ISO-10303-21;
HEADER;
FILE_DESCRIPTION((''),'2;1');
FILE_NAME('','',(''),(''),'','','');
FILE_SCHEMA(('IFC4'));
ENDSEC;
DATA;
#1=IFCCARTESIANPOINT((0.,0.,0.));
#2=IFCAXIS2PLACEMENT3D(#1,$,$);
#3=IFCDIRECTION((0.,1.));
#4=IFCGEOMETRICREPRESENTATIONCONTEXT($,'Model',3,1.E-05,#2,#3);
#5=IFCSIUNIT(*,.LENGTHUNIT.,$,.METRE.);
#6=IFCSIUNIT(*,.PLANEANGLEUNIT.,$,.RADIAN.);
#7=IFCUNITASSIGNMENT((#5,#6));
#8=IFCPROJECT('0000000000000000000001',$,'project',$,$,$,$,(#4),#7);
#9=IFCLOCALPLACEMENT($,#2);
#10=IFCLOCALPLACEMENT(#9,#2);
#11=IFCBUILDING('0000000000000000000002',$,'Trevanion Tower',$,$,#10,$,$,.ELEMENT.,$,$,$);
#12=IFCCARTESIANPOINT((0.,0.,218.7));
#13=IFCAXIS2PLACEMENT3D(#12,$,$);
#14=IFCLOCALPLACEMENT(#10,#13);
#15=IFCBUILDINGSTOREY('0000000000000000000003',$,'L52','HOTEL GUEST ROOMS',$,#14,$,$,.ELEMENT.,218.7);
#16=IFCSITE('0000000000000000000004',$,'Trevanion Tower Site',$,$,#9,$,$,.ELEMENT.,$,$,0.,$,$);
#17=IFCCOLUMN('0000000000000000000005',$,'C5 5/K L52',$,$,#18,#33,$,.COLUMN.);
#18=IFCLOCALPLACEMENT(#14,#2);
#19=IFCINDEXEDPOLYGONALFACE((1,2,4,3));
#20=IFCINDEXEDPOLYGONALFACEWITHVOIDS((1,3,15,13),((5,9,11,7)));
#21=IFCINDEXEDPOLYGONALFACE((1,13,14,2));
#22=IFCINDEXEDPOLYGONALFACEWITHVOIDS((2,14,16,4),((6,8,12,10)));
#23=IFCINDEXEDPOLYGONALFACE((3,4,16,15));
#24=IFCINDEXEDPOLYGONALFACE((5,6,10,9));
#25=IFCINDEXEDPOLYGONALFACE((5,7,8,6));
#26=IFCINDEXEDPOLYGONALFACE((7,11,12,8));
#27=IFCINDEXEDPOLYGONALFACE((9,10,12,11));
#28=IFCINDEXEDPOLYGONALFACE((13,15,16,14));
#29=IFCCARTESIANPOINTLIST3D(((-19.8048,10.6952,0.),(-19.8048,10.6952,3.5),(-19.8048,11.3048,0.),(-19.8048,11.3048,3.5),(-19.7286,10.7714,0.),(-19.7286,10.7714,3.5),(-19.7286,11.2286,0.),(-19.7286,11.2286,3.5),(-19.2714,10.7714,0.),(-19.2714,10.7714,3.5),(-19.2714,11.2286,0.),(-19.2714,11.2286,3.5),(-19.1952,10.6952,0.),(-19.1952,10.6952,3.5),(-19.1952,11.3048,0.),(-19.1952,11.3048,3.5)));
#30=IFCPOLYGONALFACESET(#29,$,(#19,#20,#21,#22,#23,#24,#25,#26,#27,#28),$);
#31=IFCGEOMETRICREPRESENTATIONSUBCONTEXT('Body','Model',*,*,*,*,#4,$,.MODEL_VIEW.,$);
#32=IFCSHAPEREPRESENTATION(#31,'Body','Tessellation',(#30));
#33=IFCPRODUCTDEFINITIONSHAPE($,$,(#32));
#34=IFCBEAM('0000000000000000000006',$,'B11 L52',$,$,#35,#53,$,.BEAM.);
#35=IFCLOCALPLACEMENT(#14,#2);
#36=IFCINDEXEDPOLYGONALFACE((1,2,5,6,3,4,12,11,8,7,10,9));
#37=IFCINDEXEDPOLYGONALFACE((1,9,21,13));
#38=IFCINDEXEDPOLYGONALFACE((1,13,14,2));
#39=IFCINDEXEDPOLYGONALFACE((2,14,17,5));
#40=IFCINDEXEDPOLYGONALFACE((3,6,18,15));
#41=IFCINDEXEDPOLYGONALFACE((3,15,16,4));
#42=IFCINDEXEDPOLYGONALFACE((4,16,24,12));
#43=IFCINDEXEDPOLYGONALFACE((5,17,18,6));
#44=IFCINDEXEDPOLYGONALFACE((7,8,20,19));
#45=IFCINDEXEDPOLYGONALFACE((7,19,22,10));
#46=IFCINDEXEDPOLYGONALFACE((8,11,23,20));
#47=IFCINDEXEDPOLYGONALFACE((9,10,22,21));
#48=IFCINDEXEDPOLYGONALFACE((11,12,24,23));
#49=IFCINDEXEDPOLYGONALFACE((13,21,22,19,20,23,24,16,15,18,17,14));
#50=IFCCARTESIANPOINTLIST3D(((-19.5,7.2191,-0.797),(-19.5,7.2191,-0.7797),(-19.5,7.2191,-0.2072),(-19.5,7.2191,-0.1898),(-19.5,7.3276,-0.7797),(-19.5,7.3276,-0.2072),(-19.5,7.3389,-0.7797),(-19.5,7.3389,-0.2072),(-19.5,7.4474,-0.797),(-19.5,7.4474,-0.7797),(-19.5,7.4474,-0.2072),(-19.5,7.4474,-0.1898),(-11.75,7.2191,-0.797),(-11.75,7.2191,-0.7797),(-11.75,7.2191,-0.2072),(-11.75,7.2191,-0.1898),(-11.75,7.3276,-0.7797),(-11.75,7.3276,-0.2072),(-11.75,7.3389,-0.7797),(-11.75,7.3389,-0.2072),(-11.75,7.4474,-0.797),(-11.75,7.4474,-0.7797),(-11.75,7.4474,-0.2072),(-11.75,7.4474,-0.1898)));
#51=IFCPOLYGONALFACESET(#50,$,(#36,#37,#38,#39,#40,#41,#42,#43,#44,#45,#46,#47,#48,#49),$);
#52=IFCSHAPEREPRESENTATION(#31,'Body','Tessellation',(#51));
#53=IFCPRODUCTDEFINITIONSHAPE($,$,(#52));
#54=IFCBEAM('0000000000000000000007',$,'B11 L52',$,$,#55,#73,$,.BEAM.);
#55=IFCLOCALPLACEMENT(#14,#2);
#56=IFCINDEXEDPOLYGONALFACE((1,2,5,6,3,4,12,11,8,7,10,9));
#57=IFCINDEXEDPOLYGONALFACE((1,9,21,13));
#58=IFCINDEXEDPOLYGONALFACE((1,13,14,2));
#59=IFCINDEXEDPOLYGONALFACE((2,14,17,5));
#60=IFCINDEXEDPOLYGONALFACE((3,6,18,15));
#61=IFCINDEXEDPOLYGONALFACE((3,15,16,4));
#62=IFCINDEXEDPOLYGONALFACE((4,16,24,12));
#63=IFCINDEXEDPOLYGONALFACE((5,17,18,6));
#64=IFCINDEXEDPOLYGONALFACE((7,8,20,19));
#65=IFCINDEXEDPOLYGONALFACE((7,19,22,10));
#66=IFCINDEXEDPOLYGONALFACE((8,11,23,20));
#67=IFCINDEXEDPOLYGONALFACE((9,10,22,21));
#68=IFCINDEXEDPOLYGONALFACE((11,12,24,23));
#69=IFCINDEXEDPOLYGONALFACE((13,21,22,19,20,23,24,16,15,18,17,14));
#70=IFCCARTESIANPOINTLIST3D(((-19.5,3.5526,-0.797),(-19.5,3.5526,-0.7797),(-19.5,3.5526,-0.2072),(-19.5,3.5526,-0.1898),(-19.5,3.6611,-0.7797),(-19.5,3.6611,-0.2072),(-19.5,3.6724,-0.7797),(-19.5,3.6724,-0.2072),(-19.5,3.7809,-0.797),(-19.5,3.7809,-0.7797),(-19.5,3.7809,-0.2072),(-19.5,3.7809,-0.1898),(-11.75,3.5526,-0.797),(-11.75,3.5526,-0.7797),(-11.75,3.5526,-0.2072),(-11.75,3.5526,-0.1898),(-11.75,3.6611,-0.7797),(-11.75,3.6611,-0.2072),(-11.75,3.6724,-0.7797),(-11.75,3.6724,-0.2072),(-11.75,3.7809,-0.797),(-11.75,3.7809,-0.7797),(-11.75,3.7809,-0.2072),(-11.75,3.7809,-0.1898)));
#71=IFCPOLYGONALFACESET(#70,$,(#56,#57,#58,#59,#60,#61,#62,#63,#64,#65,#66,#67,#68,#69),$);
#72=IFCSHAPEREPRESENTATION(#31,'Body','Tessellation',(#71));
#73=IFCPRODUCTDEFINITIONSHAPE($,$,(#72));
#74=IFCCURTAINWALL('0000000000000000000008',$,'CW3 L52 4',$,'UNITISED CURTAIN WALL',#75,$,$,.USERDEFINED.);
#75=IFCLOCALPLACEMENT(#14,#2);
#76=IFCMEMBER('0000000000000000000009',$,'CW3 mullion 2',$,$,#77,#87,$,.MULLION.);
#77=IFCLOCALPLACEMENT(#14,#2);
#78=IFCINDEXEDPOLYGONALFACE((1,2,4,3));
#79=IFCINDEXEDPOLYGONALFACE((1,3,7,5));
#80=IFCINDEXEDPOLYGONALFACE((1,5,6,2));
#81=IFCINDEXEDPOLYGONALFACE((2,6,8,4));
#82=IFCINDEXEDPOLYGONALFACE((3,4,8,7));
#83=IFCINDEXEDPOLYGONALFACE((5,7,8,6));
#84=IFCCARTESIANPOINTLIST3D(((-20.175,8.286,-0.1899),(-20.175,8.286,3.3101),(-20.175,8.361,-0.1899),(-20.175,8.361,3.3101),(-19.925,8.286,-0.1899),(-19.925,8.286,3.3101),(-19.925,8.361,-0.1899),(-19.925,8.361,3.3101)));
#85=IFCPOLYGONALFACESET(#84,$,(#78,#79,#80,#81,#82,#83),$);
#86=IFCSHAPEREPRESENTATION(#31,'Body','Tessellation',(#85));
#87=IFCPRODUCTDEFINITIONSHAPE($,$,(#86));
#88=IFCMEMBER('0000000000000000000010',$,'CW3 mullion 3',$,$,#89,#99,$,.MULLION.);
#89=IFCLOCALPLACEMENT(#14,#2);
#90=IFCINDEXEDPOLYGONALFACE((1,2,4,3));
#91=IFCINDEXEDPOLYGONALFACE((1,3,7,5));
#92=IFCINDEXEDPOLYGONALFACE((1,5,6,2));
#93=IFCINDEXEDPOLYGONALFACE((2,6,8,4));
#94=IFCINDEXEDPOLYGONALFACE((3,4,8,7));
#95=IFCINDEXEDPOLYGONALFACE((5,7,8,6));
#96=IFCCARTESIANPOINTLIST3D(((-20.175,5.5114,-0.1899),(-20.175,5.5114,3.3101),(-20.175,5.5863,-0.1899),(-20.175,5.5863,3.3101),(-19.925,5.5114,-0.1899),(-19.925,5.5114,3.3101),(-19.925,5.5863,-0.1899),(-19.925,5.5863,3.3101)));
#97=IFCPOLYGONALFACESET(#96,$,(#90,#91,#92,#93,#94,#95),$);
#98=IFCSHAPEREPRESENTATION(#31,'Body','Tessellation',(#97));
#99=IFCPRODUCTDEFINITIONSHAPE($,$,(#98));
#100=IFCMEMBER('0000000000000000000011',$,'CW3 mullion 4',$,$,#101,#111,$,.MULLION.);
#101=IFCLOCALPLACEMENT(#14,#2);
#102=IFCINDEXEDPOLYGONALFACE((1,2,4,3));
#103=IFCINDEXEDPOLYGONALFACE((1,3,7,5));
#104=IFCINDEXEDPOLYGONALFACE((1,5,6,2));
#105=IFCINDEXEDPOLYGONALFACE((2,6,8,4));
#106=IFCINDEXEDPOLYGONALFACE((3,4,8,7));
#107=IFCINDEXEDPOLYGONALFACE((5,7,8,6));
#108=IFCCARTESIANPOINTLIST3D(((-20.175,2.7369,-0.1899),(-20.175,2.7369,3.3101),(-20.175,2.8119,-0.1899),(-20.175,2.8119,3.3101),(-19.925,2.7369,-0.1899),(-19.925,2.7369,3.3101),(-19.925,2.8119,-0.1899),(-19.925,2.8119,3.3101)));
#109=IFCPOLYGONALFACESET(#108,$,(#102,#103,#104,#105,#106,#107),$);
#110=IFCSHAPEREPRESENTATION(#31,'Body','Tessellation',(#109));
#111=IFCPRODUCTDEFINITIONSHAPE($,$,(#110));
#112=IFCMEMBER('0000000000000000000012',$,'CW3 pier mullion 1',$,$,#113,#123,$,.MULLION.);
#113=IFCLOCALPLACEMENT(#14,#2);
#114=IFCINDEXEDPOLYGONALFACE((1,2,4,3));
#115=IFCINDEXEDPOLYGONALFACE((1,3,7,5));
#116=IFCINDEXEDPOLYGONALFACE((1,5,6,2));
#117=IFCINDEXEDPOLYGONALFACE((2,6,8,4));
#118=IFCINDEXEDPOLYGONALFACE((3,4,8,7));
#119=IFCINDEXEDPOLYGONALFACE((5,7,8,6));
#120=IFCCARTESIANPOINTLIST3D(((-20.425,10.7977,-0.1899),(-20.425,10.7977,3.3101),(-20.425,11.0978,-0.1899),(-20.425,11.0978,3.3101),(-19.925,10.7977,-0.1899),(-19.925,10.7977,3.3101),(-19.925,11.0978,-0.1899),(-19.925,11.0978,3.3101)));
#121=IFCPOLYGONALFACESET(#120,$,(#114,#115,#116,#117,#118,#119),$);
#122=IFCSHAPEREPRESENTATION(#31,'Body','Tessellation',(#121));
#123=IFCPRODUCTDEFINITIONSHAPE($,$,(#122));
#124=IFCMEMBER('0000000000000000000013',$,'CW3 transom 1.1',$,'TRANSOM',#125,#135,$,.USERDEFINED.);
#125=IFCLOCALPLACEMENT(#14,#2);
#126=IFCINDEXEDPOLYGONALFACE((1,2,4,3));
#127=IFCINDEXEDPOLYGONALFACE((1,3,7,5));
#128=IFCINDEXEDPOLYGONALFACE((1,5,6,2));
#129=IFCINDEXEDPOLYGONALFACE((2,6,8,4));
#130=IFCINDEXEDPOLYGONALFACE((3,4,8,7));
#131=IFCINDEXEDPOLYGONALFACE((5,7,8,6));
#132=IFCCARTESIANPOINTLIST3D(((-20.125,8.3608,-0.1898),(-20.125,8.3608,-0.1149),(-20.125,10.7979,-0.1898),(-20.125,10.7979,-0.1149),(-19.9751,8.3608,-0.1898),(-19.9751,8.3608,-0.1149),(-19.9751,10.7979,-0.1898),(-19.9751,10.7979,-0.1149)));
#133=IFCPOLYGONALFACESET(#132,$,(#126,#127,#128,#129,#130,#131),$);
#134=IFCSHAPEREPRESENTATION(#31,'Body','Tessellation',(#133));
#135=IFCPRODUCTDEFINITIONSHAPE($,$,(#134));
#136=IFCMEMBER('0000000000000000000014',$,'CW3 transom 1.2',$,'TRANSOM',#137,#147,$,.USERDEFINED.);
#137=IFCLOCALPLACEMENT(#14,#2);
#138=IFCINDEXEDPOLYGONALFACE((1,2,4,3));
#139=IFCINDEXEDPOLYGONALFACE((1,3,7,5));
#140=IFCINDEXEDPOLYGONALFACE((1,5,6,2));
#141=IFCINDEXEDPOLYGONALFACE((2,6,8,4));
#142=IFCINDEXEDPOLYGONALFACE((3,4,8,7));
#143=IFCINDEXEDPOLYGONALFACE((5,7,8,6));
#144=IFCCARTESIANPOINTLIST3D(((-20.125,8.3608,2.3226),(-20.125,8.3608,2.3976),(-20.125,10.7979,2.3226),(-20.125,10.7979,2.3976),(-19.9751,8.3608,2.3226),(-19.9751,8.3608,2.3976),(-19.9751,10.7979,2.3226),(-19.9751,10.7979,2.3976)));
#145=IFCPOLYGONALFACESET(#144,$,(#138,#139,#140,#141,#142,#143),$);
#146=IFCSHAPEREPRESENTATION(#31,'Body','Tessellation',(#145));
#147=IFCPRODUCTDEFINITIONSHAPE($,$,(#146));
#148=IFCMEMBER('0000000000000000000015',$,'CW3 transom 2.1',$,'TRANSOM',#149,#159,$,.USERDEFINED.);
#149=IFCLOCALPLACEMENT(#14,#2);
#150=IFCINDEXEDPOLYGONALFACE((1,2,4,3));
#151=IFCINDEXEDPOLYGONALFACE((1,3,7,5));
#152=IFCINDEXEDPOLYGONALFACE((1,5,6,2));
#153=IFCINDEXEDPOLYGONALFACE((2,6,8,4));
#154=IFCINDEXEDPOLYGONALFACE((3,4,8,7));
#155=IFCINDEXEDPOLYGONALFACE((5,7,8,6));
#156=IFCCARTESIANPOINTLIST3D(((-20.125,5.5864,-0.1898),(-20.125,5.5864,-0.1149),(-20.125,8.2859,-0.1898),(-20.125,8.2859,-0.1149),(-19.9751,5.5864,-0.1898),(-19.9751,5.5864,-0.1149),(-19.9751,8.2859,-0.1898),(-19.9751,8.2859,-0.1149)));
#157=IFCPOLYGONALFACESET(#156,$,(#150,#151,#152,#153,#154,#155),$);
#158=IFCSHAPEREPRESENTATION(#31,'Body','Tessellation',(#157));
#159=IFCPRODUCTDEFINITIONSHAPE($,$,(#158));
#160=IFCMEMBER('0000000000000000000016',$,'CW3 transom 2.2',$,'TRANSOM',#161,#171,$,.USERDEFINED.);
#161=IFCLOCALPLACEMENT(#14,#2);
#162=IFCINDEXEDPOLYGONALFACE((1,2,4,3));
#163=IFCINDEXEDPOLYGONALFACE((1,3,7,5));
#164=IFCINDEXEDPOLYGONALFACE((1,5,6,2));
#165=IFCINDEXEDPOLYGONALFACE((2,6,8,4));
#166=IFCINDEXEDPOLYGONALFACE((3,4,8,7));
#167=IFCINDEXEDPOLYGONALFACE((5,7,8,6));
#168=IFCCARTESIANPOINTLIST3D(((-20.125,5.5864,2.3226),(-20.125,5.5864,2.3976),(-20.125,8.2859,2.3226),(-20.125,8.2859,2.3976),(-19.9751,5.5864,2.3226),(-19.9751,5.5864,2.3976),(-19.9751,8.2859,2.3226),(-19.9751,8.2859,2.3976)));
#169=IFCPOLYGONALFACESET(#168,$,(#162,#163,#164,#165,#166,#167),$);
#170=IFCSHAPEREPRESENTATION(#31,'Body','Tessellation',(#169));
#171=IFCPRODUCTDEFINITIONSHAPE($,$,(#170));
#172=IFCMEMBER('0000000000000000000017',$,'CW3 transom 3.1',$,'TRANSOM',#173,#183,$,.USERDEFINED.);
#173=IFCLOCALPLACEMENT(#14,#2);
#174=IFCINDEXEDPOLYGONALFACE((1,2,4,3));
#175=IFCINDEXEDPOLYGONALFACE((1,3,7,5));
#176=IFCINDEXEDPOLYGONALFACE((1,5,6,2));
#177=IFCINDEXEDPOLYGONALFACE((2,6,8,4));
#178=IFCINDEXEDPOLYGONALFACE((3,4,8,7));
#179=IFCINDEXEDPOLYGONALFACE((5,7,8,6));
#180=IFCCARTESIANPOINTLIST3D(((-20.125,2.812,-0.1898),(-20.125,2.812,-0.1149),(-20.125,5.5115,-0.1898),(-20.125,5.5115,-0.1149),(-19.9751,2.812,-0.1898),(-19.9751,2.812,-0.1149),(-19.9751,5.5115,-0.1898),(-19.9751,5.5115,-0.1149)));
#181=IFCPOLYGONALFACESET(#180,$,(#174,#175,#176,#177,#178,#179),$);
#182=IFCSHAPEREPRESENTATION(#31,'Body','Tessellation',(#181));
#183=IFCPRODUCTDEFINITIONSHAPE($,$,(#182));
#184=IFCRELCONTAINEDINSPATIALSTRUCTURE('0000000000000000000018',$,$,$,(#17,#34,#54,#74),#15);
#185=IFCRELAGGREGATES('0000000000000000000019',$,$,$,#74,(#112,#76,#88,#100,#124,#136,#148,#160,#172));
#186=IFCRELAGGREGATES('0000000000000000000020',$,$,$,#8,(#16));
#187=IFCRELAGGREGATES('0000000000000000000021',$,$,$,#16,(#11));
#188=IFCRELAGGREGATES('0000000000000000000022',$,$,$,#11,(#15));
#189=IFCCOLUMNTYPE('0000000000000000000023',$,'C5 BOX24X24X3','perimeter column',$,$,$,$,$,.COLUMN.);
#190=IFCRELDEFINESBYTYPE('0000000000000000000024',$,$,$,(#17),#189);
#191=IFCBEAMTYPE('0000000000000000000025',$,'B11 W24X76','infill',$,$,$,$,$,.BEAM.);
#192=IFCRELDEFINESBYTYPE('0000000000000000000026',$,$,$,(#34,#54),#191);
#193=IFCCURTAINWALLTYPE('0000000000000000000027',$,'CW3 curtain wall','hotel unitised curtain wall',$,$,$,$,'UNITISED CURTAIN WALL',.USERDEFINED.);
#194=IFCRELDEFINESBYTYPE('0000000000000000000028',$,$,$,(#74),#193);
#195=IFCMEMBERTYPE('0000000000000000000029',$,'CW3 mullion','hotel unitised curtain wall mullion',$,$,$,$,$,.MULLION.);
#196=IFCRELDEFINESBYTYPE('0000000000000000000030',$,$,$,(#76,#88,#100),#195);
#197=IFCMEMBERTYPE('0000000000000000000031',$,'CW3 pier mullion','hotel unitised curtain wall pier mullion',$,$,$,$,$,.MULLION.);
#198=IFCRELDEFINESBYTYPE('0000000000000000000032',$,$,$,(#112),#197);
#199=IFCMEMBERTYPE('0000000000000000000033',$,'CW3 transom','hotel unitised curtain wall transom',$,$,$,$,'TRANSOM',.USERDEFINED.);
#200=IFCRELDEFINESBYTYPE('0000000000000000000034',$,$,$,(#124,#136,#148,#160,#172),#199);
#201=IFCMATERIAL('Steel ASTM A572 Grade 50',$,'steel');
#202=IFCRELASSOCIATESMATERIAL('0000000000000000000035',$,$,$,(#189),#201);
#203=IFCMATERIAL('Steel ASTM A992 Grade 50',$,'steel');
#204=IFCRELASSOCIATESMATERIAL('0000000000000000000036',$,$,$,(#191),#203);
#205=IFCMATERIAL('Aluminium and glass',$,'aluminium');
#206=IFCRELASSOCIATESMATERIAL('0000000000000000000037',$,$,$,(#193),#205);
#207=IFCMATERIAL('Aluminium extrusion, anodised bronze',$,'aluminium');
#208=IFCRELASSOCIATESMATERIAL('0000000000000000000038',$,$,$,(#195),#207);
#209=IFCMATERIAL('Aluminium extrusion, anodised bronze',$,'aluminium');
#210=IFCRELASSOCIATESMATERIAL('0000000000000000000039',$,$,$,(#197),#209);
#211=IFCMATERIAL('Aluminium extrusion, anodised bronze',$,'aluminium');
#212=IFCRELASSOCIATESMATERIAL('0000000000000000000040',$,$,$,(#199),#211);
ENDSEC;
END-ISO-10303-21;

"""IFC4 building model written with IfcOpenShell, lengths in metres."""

from ifc_helpers import new_model, si_unit, direction, frame, origin, origin_2d, place, context, subcontext, project, spatial, rectangle, hollow_rectangle, i_section, extrude, material, material_profile, profile_set, type_object, element, aggregate, save


model = new_model("IFC4")

# Units and contexts
model_context = context("Model", 3, precision=1e-05, world=origin(), true_north=direction((0.0, 1.0)))
body_context = subcontext(model_context, "Body", "Model", "MODEL_VIEW")
ifc_project = project(units=[si_unit("LENGTHUNIT", "METRE"), si_unit("PLANEANGLEUNIT", "RADIAN")], contexts=[model_context])

# Site, building, storey
site_placement = place(None, origin())
site = spatial("IfcSite", under=ifc_project, at=site_placement, Name="Trevanion Tower Site", CompositionType="ELEMENT", RefElevation=0.0)
building_placement = place(site_placement, origin())
building = spatial("IfcBuilding", under=site, at=building_placement, Name="Trevanion Tower", CompositionType="ELEMENT")
storey_placement = place(building_placement, frame((0.0, 0.0, 218.7)))
storey = spatial("IfcBuildingStorey", under=building, at=storey_placement, Name="L52", Description="HOTEL GUEST ROOMS", CompositionType="ELEMENT", Elevation=218.7)

# Column
ifc_material_1 = material(Name="Steel ASTM A572 Grade 50", Category="steel")
ifc_material_profile_1 = material_profile(ifc_material_1, hollow_rectangle(XDim=0.6096, YDim=0.6096, WallThickness=0.0762, at=origin_2d()), Name="BOX24X24X3")
ifc_profile_set_1 = profile_set([ifc_material_profile_1], Name="Steel ASTM A572 Grade 50")
column_type = type_object("IfcColumnType", Name="C5 BOX24X24X3", Description="perimeter column", PredefinedType="COLUMN", material=ifc_profile_set_1)
column_placement = place(storey_placement, frame((-19.5, 11.0, 0.0), z_axis=(0.0, 0.0, 1.0), x_axis=(0.0, 1.0, 0.0)))
element("IfcColumn", 1, at=column_placement, inside=storey, type_object=column_type, Name="C5 5/K L52", PredefinedType="COLUMN", context=body_context, shape_type="SweptSolid", body=[
    extrude(hollow_rectangle(XDim=0.6096, YDim=0.6096, WallThickness=0.0762, at=origin_2d()), origin(), (0.0, 0.0, 1.0), 3.5),
])

# Beams
ifc_material_2 = material(Name="Steel ASTM A992 Grade 50", Category="steel")
ifc_material_profile_2 = material_profile(ifc_material_2, i_section(OverallWidth=0.2283, OverallDepth=0.6072, WebThickness=0.0112, FlangeThickness=0.0173, at=origin_2d()), Name="W24X76")
ifc_profile_set_2 = profile_set([ifc_material_profile_2], Name="Steel ASTM A992 Grade 50")
beam_type_1 = type_object("IfcBeamType", Name="B11 W24X76", Description="infill", PredefinedType="BEAM", material=ifc_profile_set_2)
for number, where, z_axis, x_axis, name in (
    (2, (-11.75, 7.3333, -0.4934), (-1.0, 0.0, 0.0), (0.0, -1.0, 0.0), "B11 L52"),
    (3, (-11.75, 3.6667, -0.4934), (-1.0, 0.0, 0.0), (0.0, -1.0, 0.0), "B11 L52"),
):
    element("IfcBeam", number, at=place(storey_placement, frame(where, z_axis=z_axis, x_axis=x_axis)), inside=storey, type_object=beam_type_1, Name=name, PredefinedType="BEAM", context=body_context, shape_type="SweptSolid", body=[
        extrude(i_section(OverallWidth=0.2283, OverallDepth=0.6072, WebThickness=0.0112, FlangeThickness=0.0173, at=origin_2d()), origin(), (0.0, 0.0, 1.0), 7.75),
    ])

# Curtain wall, members
ifc_material_3 = material(Name="Aluminium and glass", Category="aluminium")
curtain_wall_type = type_object("IfcCurtainWallType", Name="CW3 curtain wall", Description="hotel unitised curtain wall", ElementType="UNITISED CURTAIN WALL", PredefinedType="USERDEFINED", material=ifc_material_3)
curtain_wall_placement = place(storey_placement, origin())
curtain_wall = element("IfcCurtainWall", 4, at=curtain_wall_placement, inside=storey, type_object=curtain_wall_type, Name="CW3 L52 4", ObjectType="UNITISED CURTAIN WALL", PredefinedType="USERDEFINED")
ifc_material_4 = material(Name="Aluminium extrusion, anodised bronze", Category="aluminium")
ifc_material_profile_3 = material_profile(ifc_material_4, rectangle(XDim=0.075, YDim=0.25, at=origin_2d()), Name="CW3 mullion")
ifc_profile_set_3 = profile_set([ifc_material_profile_3], Name="Aluminium extrusion, anodised bronze")
member_type_1 = type_object("IfcMemberType", Name="CW3 mullion", Description="hotel unitised curtain wall mullion", PredefinedType="MULLION", material=ifc_profile_set_3)
member_1_placement = place(storey_placement, frame((-20.05, 8.3235, -0.1899), z_axis=(0.0, 0.0, 1.0), x_axis=(0.0, -1.0, 0.0)))
member_1 = element("IfcMember", 5, at=member_1_placement, type_object=member_type_1, Name="CW3 mullion 2", PredefinedType="MULLION", context=body_context, shape_type="SweptSolid", body=[
    extrude(rectangle(XDim=0.075, YDim=0.25, at=origin_2d()), origin(), (0.0, 0.0, 1.0), 3.5),
])
member_2_placement = place(storey_placement, frame((-20.05, 5.5488, -0.1899), z_axis=(0.0, 0.0, 1.0), x_axis=(0.0, -1.0, 0.0)))
member_2 = element("IfcMember", 6, at=member_2_placement, type_object=member_type_1, Name="CW3 mullion 3", PredefinedType="MULLION", context=body_context, shape_type="SweptSolid", body=[
    extrude(rectangle(XDim=0.075, YDim=0.25, at=origin_2d()), origin(), (0.0, 0.0, 1.0), 3.5),
])
member_3_placement = place(storey_placement, frame((-20.05, 2.7744, -0.1899), z_axis=(0.0, 0.0, 1.0), x_axis=(0.0, -1.0, 0.0)))
member_3 = element("IfcMember", 7, at=member_3_placement, type_object=member_type_1, Name="CW3 mullion 4", PredefinedType="MULLION", context=body_context, shape_type="SweptSolid", body=[
    extrude(rectangle(XDim=0.075, YDim=0.25, at=origin_2d()), origin(), (0.0, 0.0, 1.0), 3.5),
])
ifc_material_5 = material(Name="Aluminium extrusion, anodised bronze", Category="aluminium")
ifc_material_profile_4 = material_profile(ifc_material_5, rectangle(XDim=0.3, YDim=0.5, at=origin_2d()), Name="CW3 pier mullion")
ifc_profile_set_4 = profile_set([ifc_material_profile_4], Name="Aluminium extrusion, anodised bronze")
member_type_2 = type_object("IfcMemberType", Name="CW3 pier mullion", Description="hotel unitised curtain wall pier mullion", PredefinedType="MULLION", material=ifc_profile_set_4)
member_4_placement = place(storey_placement, frame((-20.175, 10.9478, -0.1899), z_axis=(0.0, 0.0, 1.0), x_axis=(0.0, -1.0, 0.0)))
member_4 = element("IfcMember", 8, at=member_4_placement, type_object=member_type_2, Name="CW3 pier mullion 1", PredefinedType="MULLION", context=body_context, shape_type="SweptSolid", body=[
    extrude(rectangle(XDim=0.3, YDim=0.5, at=origin_2d()), origin(), (0.0, 0.0, 1.0), 3.5),
])
ifc_material_6 = material(Name="Aluminium extrusion, anodised bronze", Category="aluminium")
ifc_material_profile_5 = material_profile(ifc_material_6, rectangle(XDim=0.1499, YDim=0.075, at=origin_2d()), Name="CW3 transom")
ifc_profile_set_5 = profile_set([ifc_material_profile_5], Name="Aluminium extrusion, anodised bronze")
member_type_3 = type_object("IfcMemberType", Name="CW3 transom", Description="hotel unitised curtain wall transom", ElementType="TRANSOM", PredefinedType="USERDEFINED", material=ifc_profile_set_5)
member_5_placement = place(storey_placement, frame((-20.05, 10.7979, -0.1523), z_axis=(0.0, -1.0, 0.0), x_axis=(1.0, 0.0, 0.0)))
member_5 = element("IfcMember", 9, at=member_5_placement, type_object=member_type_3, Name="CW3 transom 1.1", ObjectType="TRANSOM", PredefinedType="USERDEFINED", context=body_context, shape_type="SweptSolid", body=[
    extrude(rectangle(XDim=0.1499, YDim=0.075, at=origin_2d()), origin(), (0.0, 0.0, 1.0), 2.437),
])
member_6_placement = place(storey_placement, frame((-20.05, 10.7979, 2.3601), z_axis=(0.0, -1.0, 0.0), x_axis=(1.0, 0.0, 0.0)))
member_6 = element("IfcMember", 10, at=member_6_placement, type_object=member_type_3, Name="CW3 transom 1.2", ObjectType="TRANSOM", PredefinedType="USERDEFINED", context=body_context, shape_type="SweptSolid", body=[
    extrude(rectangle(XDim=0.1499, YDim=0.075, at=origin_2d()), origin(), (0.0, 0.0, 1.0), 2.437),
])
member_7_placement = place(storey_placement, frame((-20.05, 8.2859, -0.1523), z_axis=(0.0, -1.0, 0.0), x_axis=(1.0, 0.0, 0.0)))
member_7 = element("IfcMember", 11, at=member_7_placement, type_object=member_type_3, Name="CW3 transom 2.1", ObjectType="TRANSOM", PredefinedType="USERDEFINED", context=body_context, shape_type="SweptSolid", body=[
    extrude(rectangle(XDim=0.1499, YDim=0.075, at=origin_2d()), origin(), (0.0, 0.0, 1.0), 2.6995),
])
member_8_placement = place(storey_placement, frame((-20.05, 8.2859, 2.3601), z_axis=(0.0, -1.0, 0.0), x_axis=(1.0, 0.0, 0.0)))
member_8 = element("IfcMember", 12, at=member_8_placement, type_object=member_type_3, Name="CW3 transom 2.2", ObjectType="TRANSOM", PredefinedType="USERDEFINED", context=body_context, shape_type="SweptSolid", body=[
    extrude(rectangle(XDim=0.1499, YDim=0.075, at=origin_2d()), origin(), (0.0, 0.0, 1.0), 2.6995),
])
member_9_placement = place(storey_placement, frame((-20.05, 5.5115, -0.1523), z_axis=(0.0, -1.0, 0.0), x_axis=(1.0, 0.0, 0.0)))
member_9 = element("IfcMember", 13, at=member_9_placement, type_object=member_type_3, Name="CW3 transom 3.1", ObjectType="TRANSOM", PredefinedType="USERDEFINED", context=body_context, shape_type="SweptSolid", body=[
    extrude(rectangle(XDim=0.1499, YDim=0.075, at=origin_2d()), origin(), (0.0, 0.0, 1.0), 2.6995),
])

aggregate(curtain_wall, [member_4, member_1, member_2, member_3, member_5, member_6, member_7, member_8, member_9])

save(model, "model.ifc")
